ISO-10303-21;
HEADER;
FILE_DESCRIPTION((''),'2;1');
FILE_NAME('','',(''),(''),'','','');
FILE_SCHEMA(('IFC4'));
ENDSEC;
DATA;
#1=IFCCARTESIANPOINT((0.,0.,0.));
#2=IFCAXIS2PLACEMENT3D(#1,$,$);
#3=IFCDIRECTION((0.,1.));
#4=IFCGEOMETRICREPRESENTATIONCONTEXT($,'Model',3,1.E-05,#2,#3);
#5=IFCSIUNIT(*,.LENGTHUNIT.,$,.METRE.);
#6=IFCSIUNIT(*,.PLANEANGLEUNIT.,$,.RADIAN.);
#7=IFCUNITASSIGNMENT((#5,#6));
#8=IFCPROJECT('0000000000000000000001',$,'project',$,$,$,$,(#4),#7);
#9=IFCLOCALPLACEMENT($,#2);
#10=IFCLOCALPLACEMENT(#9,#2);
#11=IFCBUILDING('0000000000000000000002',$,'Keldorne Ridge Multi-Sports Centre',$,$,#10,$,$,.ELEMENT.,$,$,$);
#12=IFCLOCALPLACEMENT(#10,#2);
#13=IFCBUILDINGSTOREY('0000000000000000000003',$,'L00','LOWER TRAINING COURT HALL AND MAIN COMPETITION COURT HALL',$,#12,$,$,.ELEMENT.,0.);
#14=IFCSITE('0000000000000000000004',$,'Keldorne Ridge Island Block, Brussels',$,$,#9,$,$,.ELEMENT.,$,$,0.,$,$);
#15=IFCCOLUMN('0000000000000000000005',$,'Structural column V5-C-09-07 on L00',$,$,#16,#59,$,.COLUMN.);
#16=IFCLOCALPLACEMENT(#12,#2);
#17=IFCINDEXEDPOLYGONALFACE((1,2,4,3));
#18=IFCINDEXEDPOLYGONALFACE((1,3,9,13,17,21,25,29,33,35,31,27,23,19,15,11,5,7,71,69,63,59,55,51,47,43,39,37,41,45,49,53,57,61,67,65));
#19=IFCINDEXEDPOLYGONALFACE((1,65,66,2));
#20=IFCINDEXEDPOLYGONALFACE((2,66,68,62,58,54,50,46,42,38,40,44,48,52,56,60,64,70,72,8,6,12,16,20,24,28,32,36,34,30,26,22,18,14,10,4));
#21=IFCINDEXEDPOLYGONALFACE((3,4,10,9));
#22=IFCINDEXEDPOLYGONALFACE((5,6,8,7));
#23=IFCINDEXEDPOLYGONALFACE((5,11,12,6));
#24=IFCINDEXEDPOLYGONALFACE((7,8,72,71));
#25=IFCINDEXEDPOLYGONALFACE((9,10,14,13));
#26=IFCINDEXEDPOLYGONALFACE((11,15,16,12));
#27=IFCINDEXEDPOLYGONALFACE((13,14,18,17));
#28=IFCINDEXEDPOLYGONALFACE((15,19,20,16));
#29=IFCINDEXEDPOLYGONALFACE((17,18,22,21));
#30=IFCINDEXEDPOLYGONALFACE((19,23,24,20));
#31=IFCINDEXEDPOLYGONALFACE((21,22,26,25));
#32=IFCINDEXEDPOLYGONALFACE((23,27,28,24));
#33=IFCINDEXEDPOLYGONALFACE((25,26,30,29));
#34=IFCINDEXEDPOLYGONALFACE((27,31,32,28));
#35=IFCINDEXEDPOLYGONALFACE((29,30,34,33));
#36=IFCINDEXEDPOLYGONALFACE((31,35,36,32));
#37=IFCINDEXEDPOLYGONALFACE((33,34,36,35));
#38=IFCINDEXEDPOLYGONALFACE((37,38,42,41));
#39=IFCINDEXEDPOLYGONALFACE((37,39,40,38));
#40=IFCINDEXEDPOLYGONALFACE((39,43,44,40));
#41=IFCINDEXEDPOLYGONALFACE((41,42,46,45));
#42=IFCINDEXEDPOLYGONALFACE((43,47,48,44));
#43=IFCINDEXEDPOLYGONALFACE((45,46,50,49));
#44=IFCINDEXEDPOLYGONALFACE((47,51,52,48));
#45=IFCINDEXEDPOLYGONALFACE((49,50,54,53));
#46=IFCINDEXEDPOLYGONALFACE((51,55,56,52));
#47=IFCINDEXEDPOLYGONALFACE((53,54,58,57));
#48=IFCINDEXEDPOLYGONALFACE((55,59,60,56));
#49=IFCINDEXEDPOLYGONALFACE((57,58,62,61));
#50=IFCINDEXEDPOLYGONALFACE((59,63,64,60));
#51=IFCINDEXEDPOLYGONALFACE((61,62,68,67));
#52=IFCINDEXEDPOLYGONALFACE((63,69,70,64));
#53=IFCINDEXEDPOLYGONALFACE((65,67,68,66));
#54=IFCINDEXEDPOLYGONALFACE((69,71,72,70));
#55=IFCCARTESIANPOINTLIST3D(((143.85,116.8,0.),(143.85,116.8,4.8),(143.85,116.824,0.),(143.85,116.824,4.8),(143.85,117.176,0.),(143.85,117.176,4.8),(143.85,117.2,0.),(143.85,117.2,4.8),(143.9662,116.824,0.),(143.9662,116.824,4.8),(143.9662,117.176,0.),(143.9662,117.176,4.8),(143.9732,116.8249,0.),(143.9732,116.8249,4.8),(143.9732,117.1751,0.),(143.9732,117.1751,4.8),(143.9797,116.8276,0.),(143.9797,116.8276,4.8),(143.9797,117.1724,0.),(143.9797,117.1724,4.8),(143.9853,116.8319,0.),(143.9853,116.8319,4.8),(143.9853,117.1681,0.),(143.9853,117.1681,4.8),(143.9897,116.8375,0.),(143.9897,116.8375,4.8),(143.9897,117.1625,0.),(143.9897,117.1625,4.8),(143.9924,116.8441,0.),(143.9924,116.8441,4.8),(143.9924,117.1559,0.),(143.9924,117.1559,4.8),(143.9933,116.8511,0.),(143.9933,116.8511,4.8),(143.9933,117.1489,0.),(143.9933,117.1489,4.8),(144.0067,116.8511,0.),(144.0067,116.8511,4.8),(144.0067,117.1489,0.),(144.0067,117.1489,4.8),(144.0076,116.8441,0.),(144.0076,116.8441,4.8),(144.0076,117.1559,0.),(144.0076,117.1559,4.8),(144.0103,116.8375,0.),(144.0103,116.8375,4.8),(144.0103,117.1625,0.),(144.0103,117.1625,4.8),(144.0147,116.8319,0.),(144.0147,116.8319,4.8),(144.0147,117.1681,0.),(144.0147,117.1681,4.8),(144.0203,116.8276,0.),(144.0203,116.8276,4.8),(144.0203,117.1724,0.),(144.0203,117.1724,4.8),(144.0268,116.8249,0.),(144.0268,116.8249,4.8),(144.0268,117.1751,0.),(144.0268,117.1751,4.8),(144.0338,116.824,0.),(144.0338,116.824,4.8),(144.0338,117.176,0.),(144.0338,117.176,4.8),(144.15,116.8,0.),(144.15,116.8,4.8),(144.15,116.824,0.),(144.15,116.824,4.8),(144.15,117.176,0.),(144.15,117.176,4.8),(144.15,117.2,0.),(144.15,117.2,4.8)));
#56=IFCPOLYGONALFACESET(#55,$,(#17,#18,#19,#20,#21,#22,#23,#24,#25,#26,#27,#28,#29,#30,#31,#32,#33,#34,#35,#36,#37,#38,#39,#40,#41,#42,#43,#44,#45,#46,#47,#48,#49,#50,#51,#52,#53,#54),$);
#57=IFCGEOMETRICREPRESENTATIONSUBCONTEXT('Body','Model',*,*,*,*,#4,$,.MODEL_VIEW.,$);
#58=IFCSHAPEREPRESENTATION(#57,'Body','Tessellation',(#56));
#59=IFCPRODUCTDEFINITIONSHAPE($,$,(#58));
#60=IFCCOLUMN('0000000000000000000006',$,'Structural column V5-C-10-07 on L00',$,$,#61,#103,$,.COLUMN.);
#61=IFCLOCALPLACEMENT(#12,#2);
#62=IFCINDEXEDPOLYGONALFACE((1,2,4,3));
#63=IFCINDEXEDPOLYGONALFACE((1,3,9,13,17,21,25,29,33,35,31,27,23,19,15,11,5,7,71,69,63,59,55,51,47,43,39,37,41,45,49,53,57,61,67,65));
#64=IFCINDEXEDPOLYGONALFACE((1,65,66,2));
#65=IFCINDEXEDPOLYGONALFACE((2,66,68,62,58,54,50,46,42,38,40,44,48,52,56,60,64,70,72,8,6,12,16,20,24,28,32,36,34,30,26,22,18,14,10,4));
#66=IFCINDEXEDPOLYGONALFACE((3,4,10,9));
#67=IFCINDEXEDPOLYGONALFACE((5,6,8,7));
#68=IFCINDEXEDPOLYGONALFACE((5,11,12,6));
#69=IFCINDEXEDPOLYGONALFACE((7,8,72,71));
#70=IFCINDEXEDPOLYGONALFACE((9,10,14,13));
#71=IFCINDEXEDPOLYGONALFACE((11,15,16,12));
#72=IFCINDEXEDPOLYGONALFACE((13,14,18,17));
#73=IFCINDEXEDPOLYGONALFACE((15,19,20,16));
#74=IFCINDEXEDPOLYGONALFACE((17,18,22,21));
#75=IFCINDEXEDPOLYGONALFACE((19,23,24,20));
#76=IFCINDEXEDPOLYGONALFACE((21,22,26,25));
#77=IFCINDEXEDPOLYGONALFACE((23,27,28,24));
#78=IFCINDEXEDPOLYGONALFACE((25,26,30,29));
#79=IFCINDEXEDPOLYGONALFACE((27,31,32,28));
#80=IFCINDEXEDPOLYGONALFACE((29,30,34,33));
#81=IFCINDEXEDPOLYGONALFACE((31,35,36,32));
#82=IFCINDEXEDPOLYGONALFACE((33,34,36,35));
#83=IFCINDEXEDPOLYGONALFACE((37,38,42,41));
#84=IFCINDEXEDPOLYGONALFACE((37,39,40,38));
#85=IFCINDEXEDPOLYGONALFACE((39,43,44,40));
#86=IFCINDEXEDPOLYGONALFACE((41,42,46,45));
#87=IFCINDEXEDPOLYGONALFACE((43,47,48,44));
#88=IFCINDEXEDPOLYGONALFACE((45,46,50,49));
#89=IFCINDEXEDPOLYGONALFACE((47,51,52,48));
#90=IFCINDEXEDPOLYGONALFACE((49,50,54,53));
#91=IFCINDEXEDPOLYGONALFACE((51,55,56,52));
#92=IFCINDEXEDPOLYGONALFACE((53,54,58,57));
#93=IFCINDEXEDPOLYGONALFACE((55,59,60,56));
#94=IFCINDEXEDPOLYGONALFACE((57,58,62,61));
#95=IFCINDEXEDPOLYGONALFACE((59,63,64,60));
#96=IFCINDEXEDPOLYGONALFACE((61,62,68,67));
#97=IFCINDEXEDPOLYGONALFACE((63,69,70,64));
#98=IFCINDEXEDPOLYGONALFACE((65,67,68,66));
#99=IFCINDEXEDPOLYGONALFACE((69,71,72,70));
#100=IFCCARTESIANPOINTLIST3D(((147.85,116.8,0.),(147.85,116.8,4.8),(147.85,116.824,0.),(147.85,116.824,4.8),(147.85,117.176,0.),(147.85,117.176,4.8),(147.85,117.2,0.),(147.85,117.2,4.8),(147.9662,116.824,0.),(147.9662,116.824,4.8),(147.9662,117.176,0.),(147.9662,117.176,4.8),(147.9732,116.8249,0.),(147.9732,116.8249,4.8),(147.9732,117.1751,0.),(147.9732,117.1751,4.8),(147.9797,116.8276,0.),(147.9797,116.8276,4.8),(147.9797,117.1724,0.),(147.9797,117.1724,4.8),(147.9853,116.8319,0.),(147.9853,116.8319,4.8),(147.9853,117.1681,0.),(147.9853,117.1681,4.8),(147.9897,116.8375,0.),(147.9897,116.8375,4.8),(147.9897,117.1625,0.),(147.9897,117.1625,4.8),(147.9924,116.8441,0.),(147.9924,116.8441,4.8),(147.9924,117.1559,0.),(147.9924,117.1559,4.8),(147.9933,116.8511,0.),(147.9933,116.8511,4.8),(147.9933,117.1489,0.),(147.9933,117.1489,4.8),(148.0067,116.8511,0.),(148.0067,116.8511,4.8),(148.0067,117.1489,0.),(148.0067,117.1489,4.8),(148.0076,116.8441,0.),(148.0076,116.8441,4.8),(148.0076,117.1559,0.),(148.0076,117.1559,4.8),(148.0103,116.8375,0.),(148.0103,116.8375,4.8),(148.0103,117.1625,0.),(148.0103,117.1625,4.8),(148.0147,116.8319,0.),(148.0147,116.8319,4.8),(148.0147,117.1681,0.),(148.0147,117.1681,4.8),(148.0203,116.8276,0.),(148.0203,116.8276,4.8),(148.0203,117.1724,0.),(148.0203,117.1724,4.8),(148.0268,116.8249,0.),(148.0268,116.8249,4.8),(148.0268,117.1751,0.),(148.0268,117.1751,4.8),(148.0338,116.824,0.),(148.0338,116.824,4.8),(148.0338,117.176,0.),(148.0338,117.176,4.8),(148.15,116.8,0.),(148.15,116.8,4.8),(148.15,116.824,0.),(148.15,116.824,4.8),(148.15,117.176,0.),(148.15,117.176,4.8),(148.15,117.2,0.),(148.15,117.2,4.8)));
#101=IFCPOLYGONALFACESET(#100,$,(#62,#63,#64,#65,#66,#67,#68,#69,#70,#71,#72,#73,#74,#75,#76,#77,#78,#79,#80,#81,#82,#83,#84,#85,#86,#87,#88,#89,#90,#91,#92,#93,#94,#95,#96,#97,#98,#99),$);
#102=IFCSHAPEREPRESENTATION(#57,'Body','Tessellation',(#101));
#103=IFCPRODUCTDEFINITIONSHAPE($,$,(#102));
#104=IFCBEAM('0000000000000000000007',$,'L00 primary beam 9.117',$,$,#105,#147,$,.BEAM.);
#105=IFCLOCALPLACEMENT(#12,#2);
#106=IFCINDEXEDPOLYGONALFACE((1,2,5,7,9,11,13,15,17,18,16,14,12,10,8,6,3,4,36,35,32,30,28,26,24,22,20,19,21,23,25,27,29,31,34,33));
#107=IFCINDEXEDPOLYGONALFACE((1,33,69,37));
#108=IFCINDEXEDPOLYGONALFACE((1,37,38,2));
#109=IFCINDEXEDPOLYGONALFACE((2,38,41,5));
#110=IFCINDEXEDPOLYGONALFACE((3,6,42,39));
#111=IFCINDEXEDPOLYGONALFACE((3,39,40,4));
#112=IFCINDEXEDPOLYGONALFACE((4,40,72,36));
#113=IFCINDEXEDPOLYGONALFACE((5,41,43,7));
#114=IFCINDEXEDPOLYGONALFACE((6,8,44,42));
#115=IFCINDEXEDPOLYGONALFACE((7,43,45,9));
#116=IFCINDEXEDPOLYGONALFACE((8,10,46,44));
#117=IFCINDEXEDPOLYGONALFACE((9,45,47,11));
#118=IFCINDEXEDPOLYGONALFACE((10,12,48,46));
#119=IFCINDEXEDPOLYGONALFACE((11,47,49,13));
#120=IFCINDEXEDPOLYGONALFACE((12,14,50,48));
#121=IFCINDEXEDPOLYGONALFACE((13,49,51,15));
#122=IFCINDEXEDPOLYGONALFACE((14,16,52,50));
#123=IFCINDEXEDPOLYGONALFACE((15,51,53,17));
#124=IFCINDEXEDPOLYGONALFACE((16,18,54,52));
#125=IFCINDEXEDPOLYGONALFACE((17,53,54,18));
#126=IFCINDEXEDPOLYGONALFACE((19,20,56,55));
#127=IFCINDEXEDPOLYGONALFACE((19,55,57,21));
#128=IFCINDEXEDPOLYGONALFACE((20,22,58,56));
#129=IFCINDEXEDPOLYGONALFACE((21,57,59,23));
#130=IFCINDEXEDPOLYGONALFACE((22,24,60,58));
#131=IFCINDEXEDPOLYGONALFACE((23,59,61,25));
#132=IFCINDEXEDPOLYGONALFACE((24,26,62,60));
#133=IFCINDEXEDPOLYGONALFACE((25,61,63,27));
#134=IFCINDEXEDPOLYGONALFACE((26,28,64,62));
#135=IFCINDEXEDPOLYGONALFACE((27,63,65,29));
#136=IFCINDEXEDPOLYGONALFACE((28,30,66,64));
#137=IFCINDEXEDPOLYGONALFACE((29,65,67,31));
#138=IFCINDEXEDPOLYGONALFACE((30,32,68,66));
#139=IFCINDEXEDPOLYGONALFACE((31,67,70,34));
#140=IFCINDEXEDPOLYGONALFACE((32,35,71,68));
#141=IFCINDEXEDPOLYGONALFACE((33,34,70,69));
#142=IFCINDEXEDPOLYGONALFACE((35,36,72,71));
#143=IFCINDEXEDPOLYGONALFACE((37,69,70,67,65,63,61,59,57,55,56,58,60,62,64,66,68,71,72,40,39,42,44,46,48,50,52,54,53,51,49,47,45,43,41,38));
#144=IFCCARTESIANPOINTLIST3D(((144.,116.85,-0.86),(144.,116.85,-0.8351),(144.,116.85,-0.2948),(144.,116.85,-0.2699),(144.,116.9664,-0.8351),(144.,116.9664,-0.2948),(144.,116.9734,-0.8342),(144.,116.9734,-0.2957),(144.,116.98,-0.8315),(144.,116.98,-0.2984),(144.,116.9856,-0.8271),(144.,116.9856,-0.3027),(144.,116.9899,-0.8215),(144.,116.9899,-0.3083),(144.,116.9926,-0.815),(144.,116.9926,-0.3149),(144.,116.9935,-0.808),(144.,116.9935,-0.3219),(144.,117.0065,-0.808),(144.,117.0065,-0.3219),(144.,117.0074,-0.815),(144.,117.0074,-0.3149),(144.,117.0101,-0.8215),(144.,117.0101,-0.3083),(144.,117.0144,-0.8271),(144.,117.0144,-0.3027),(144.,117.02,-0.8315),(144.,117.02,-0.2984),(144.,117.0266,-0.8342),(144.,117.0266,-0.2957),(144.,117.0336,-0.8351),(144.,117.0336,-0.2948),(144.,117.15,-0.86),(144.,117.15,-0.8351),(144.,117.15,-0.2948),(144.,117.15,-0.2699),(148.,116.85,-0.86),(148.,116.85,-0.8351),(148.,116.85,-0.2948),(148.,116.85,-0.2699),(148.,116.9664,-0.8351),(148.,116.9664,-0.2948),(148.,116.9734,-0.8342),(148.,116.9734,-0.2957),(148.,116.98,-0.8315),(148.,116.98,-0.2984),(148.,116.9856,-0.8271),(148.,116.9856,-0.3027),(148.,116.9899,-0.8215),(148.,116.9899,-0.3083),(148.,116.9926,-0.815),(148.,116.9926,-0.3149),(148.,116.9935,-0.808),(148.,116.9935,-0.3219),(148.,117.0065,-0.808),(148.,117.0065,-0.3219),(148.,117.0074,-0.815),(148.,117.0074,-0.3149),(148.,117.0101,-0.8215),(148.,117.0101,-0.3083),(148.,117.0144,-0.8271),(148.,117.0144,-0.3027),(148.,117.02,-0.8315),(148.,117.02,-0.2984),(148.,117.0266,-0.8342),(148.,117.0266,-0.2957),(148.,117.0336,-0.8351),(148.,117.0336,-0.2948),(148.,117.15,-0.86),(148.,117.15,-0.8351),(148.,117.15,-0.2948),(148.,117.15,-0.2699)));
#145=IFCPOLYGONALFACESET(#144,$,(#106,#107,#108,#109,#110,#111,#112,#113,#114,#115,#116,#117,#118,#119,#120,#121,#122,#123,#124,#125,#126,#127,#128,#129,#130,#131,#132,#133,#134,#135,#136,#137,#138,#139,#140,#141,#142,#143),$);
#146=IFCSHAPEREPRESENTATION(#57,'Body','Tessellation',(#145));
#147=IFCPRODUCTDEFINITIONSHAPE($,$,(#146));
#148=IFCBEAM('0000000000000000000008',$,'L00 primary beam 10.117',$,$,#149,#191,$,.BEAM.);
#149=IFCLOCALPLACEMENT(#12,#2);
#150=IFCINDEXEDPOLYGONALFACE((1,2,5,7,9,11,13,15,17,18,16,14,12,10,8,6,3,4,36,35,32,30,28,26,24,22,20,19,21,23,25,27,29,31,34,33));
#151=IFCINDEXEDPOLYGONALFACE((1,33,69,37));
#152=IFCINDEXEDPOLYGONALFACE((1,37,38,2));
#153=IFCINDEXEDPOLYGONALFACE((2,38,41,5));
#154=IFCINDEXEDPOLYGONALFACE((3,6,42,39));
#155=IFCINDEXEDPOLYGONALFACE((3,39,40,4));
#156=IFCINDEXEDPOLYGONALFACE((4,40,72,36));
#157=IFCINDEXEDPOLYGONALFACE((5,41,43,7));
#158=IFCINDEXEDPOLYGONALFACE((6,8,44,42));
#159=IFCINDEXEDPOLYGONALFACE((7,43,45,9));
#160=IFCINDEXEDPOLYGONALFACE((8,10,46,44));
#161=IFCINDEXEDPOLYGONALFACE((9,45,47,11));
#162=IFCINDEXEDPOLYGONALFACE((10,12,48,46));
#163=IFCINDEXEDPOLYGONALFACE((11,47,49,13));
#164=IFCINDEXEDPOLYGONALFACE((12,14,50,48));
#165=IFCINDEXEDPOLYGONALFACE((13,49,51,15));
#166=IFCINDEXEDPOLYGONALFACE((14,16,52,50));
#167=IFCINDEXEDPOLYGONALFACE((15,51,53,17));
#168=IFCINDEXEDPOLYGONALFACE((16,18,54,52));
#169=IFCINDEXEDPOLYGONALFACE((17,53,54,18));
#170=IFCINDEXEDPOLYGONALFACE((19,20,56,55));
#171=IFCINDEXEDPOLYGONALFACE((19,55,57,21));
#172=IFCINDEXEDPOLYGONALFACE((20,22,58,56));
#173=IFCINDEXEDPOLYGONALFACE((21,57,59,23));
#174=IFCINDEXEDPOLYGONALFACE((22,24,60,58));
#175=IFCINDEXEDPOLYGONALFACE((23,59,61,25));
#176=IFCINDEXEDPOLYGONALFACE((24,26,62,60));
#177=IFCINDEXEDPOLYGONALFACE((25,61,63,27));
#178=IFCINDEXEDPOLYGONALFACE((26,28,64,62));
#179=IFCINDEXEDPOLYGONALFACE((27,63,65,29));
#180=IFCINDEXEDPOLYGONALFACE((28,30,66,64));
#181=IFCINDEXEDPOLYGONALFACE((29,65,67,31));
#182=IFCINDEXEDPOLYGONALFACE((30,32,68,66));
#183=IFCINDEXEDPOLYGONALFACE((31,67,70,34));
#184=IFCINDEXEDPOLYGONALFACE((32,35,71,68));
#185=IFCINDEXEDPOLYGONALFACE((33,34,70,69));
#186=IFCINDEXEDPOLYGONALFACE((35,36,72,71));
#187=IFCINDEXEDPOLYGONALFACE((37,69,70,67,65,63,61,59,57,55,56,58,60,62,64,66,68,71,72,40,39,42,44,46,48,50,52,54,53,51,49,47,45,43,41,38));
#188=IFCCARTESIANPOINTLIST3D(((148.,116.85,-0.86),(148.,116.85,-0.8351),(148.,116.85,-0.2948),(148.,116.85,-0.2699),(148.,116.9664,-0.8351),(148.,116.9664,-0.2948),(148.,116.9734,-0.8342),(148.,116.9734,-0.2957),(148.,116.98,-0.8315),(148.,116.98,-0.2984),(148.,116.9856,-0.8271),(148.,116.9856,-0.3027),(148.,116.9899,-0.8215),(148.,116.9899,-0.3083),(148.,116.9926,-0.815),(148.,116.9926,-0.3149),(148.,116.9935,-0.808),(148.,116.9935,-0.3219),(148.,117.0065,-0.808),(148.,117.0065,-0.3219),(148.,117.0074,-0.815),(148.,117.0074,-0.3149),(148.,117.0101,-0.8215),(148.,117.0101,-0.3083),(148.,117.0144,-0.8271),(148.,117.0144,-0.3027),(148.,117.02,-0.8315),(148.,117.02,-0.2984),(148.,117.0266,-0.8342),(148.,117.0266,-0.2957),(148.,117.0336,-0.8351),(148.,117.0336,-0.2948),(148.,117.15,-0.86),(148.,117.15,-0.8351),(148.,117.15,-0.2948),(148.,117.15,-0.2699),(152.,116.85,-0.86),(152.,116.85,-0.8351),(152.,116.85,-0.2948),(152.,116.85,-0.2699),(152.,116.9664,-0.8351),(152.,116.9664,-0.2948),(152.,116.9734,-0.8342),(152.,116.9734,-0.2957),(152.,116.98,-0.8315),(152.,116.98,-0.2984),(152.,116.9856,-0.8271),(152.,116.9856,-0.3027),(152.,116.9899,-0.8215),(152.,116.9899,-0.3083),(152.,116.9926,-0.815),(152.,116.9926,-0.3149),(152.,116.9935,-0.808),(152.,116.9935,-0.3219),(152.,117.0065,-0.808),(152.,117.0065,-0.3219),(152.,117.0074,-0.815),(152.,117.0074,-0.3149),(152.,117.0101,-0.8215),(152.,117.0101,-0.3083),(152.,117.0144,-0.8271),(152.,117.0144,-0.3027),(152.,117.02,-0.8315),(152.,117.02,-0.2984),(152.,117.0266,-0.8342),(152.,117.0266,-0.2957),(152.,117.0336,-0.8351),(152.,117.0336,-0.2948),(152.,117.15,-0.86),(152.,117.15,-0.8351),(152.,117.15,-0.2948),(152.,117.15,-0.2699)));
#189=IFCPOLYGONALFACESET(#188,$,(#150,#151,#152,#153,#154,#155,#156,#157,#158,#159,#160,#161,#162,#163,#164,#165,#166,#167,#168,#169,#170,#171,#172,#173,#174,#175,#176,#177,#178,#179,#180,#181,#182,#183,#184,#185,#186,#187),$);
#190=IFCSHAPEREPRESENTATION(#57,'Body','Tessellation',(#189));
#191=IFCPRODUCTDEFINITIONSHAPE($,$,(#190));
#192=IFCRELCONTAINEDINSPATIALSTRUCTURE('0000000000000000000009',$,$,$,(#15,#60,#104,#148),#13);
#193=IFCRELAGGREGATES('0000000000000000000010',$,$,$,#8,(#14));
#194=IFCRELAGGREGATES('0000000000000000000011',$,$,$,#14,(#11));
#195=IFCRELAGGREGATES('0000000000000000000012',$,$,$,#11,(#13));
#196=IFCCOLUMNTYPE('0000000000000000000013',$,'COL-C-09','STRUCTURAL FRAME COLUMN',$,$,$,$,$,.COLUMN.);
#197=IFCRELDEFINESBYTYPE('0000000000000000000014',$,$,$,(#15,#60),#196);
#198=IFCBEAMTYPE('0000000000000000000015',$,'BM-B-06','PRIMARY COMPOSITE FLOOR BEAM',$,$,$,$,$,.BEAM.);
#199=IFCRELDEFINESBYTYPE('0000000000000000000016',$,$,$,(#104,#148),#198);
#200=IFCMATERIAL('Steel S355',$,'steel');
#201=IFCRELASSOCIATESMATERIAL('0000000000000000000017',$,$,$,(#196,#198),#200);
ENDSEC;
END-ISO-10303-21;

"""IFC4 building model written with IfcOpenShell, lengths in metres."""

from ifc_helpers import new_model, si_unit, direction, frame, origin, origin_2d, place, context, subcontext, project, spatial, i_section, extrude, material, material_profile, profile_set, type_object, element, save


model = new_model("IFC4")

# Units and contexts
model_context = context("Model", 3, precision=1e-05, world=origin(), true_north=direction((0.0, 1.0)))
body_context = subcontext(model_context, "Body", "Model", "MODEL_VIEW")
ifc_project = project(units=[si_unit("LENGTHUNIT", "METRE"), si_unit("PLANEANGLEUNIT", "RADIAN")], contexts=[model_context])

# Site, building, storey
site_placement = place(None, origin())
site = spatial("IfcSite", under=ifc_project, at=site_placement, Name="Keldorne Ridge Island Block, Brussels", CompositionType="ELEMENT", RefElevation=0.0)
building_placement = place(site_placement, origin())
building = spatial("IfcBuilding", under=site, at=building_placement, Name="Keldorne Ridge Multi-Sports Centre", CompositionType="ELEMENT")
storey_placement = place(building_placement, origin())
storey = spatial("IfcBuildingStorey", under=building, at=storey_placement, Name="L00", Description="LOWER TRAINING COURT HALL AND MAIN COMPETITION COURT HALL", CompositionType="ELEMENT", Elevation=0.0)

# Columns
ifc_material_1 = material(Name="Steel S355", Category="steel")
ifc_material_profile_1 = material_profile(ifc_material_1, i_section(OverallWidth=0.3, OverallDepth=0.3999, WebThickness=0.0134, FlangeThickness=0.0239, FilletRadius=0.0271, at=origin_2d()), Name="HEB 400")
ifc_profile_set_1 = profile_set([ifc_material_profile_1], Name="Steel S355")
column_type = type_object("IfcColumnType", Name="COL-C-09", Description="STRUCTURAL FRAME COLUMN", PredefinedType="COLUMN", material=ifc_profile_set_1)
for number, where, z_axis, x_axis, name in (
    (1, (144.0, 117.0, 0.0), (0.0, 0.0, 1.0), (1.0, 0.0, 0.0), "Structural column V5-C-09-07 on L00"),
    (2, (148.0, 117.0, 0.0), (0.0, 0.0, 1.0), (1.0, 0.0, 0.0), "Structural column V5-C-10-07 on L00"),
):
    element("IfcColumn", number, at=place(storey_placement, frame(where, z_axis=z_axis, x_axis=x_axis)), inside=storey, type_object=column_type, Name=name, PredefinedType="COLUMN", context=body_context, shape_type="SweptSolid", body=[
        extrude(i_section(OverallWidth=0.3, OverallDepth=0.3999, WebThickness=0.0134, FlangeThickness=0.0239, FilletRadius=0.0271, at=origin_2d()), origin(), (0.0, 0.0, 1.0), 4.8),
    ])

# Beams
ifc_material_profile_2 = material_profile(ifc_material_1, i_section(OverallWidth=0.3, OverallDepth=0.5901, WebThickness=0.0129, FlangeThickness=0.0249, FilletRadius=0.0271, at=origin_2d()), Name="HEA 600")
ifc_profile_set_2 = profile_set([ifc_material_profile_2], Name="Steel S355")
beam_type_1 = type_object("IfcBeamType", Name="BM-B-06", Description="PRIMARY COMPOSITE FLOOR BEAM", PredefinedType="BEAM", material=ifc_profile_set_2)
for number, where, z_axis, x_axis, name in (
    (3, (144.0, 117.0, -0.5649), (1.0, 0.0, 0.0), (0.0, 1.0, 0.0), "L00 primary beam 9.117"),
    (4, (148.0, 117.0, -0.5649), (1.0, 0.0, 0.0), (0.0, 1.0, 0.0), "L00 primary beam 10.117"),
):
    element("IfcBeam", number, at=place(storey_placement, frame(where, z_axis=z_axis, x_axis=x_axis)), inside=storey, type_object=beam_type_1, Name=name, PredefinedType="BEAM", context=body_context, shape_type="SweptSolid", body=[
        extrude(i_section(OverallWidth=0.3, OverallDepth=0.5901, WebThickness=0.0129, FlangeThickness=0.0249, FilletRadius=0.0271, at=origin_2d()), origin(), (0.0, 0.0, 1.0), 4.0),
    ])

save(model, "model.ifc")
